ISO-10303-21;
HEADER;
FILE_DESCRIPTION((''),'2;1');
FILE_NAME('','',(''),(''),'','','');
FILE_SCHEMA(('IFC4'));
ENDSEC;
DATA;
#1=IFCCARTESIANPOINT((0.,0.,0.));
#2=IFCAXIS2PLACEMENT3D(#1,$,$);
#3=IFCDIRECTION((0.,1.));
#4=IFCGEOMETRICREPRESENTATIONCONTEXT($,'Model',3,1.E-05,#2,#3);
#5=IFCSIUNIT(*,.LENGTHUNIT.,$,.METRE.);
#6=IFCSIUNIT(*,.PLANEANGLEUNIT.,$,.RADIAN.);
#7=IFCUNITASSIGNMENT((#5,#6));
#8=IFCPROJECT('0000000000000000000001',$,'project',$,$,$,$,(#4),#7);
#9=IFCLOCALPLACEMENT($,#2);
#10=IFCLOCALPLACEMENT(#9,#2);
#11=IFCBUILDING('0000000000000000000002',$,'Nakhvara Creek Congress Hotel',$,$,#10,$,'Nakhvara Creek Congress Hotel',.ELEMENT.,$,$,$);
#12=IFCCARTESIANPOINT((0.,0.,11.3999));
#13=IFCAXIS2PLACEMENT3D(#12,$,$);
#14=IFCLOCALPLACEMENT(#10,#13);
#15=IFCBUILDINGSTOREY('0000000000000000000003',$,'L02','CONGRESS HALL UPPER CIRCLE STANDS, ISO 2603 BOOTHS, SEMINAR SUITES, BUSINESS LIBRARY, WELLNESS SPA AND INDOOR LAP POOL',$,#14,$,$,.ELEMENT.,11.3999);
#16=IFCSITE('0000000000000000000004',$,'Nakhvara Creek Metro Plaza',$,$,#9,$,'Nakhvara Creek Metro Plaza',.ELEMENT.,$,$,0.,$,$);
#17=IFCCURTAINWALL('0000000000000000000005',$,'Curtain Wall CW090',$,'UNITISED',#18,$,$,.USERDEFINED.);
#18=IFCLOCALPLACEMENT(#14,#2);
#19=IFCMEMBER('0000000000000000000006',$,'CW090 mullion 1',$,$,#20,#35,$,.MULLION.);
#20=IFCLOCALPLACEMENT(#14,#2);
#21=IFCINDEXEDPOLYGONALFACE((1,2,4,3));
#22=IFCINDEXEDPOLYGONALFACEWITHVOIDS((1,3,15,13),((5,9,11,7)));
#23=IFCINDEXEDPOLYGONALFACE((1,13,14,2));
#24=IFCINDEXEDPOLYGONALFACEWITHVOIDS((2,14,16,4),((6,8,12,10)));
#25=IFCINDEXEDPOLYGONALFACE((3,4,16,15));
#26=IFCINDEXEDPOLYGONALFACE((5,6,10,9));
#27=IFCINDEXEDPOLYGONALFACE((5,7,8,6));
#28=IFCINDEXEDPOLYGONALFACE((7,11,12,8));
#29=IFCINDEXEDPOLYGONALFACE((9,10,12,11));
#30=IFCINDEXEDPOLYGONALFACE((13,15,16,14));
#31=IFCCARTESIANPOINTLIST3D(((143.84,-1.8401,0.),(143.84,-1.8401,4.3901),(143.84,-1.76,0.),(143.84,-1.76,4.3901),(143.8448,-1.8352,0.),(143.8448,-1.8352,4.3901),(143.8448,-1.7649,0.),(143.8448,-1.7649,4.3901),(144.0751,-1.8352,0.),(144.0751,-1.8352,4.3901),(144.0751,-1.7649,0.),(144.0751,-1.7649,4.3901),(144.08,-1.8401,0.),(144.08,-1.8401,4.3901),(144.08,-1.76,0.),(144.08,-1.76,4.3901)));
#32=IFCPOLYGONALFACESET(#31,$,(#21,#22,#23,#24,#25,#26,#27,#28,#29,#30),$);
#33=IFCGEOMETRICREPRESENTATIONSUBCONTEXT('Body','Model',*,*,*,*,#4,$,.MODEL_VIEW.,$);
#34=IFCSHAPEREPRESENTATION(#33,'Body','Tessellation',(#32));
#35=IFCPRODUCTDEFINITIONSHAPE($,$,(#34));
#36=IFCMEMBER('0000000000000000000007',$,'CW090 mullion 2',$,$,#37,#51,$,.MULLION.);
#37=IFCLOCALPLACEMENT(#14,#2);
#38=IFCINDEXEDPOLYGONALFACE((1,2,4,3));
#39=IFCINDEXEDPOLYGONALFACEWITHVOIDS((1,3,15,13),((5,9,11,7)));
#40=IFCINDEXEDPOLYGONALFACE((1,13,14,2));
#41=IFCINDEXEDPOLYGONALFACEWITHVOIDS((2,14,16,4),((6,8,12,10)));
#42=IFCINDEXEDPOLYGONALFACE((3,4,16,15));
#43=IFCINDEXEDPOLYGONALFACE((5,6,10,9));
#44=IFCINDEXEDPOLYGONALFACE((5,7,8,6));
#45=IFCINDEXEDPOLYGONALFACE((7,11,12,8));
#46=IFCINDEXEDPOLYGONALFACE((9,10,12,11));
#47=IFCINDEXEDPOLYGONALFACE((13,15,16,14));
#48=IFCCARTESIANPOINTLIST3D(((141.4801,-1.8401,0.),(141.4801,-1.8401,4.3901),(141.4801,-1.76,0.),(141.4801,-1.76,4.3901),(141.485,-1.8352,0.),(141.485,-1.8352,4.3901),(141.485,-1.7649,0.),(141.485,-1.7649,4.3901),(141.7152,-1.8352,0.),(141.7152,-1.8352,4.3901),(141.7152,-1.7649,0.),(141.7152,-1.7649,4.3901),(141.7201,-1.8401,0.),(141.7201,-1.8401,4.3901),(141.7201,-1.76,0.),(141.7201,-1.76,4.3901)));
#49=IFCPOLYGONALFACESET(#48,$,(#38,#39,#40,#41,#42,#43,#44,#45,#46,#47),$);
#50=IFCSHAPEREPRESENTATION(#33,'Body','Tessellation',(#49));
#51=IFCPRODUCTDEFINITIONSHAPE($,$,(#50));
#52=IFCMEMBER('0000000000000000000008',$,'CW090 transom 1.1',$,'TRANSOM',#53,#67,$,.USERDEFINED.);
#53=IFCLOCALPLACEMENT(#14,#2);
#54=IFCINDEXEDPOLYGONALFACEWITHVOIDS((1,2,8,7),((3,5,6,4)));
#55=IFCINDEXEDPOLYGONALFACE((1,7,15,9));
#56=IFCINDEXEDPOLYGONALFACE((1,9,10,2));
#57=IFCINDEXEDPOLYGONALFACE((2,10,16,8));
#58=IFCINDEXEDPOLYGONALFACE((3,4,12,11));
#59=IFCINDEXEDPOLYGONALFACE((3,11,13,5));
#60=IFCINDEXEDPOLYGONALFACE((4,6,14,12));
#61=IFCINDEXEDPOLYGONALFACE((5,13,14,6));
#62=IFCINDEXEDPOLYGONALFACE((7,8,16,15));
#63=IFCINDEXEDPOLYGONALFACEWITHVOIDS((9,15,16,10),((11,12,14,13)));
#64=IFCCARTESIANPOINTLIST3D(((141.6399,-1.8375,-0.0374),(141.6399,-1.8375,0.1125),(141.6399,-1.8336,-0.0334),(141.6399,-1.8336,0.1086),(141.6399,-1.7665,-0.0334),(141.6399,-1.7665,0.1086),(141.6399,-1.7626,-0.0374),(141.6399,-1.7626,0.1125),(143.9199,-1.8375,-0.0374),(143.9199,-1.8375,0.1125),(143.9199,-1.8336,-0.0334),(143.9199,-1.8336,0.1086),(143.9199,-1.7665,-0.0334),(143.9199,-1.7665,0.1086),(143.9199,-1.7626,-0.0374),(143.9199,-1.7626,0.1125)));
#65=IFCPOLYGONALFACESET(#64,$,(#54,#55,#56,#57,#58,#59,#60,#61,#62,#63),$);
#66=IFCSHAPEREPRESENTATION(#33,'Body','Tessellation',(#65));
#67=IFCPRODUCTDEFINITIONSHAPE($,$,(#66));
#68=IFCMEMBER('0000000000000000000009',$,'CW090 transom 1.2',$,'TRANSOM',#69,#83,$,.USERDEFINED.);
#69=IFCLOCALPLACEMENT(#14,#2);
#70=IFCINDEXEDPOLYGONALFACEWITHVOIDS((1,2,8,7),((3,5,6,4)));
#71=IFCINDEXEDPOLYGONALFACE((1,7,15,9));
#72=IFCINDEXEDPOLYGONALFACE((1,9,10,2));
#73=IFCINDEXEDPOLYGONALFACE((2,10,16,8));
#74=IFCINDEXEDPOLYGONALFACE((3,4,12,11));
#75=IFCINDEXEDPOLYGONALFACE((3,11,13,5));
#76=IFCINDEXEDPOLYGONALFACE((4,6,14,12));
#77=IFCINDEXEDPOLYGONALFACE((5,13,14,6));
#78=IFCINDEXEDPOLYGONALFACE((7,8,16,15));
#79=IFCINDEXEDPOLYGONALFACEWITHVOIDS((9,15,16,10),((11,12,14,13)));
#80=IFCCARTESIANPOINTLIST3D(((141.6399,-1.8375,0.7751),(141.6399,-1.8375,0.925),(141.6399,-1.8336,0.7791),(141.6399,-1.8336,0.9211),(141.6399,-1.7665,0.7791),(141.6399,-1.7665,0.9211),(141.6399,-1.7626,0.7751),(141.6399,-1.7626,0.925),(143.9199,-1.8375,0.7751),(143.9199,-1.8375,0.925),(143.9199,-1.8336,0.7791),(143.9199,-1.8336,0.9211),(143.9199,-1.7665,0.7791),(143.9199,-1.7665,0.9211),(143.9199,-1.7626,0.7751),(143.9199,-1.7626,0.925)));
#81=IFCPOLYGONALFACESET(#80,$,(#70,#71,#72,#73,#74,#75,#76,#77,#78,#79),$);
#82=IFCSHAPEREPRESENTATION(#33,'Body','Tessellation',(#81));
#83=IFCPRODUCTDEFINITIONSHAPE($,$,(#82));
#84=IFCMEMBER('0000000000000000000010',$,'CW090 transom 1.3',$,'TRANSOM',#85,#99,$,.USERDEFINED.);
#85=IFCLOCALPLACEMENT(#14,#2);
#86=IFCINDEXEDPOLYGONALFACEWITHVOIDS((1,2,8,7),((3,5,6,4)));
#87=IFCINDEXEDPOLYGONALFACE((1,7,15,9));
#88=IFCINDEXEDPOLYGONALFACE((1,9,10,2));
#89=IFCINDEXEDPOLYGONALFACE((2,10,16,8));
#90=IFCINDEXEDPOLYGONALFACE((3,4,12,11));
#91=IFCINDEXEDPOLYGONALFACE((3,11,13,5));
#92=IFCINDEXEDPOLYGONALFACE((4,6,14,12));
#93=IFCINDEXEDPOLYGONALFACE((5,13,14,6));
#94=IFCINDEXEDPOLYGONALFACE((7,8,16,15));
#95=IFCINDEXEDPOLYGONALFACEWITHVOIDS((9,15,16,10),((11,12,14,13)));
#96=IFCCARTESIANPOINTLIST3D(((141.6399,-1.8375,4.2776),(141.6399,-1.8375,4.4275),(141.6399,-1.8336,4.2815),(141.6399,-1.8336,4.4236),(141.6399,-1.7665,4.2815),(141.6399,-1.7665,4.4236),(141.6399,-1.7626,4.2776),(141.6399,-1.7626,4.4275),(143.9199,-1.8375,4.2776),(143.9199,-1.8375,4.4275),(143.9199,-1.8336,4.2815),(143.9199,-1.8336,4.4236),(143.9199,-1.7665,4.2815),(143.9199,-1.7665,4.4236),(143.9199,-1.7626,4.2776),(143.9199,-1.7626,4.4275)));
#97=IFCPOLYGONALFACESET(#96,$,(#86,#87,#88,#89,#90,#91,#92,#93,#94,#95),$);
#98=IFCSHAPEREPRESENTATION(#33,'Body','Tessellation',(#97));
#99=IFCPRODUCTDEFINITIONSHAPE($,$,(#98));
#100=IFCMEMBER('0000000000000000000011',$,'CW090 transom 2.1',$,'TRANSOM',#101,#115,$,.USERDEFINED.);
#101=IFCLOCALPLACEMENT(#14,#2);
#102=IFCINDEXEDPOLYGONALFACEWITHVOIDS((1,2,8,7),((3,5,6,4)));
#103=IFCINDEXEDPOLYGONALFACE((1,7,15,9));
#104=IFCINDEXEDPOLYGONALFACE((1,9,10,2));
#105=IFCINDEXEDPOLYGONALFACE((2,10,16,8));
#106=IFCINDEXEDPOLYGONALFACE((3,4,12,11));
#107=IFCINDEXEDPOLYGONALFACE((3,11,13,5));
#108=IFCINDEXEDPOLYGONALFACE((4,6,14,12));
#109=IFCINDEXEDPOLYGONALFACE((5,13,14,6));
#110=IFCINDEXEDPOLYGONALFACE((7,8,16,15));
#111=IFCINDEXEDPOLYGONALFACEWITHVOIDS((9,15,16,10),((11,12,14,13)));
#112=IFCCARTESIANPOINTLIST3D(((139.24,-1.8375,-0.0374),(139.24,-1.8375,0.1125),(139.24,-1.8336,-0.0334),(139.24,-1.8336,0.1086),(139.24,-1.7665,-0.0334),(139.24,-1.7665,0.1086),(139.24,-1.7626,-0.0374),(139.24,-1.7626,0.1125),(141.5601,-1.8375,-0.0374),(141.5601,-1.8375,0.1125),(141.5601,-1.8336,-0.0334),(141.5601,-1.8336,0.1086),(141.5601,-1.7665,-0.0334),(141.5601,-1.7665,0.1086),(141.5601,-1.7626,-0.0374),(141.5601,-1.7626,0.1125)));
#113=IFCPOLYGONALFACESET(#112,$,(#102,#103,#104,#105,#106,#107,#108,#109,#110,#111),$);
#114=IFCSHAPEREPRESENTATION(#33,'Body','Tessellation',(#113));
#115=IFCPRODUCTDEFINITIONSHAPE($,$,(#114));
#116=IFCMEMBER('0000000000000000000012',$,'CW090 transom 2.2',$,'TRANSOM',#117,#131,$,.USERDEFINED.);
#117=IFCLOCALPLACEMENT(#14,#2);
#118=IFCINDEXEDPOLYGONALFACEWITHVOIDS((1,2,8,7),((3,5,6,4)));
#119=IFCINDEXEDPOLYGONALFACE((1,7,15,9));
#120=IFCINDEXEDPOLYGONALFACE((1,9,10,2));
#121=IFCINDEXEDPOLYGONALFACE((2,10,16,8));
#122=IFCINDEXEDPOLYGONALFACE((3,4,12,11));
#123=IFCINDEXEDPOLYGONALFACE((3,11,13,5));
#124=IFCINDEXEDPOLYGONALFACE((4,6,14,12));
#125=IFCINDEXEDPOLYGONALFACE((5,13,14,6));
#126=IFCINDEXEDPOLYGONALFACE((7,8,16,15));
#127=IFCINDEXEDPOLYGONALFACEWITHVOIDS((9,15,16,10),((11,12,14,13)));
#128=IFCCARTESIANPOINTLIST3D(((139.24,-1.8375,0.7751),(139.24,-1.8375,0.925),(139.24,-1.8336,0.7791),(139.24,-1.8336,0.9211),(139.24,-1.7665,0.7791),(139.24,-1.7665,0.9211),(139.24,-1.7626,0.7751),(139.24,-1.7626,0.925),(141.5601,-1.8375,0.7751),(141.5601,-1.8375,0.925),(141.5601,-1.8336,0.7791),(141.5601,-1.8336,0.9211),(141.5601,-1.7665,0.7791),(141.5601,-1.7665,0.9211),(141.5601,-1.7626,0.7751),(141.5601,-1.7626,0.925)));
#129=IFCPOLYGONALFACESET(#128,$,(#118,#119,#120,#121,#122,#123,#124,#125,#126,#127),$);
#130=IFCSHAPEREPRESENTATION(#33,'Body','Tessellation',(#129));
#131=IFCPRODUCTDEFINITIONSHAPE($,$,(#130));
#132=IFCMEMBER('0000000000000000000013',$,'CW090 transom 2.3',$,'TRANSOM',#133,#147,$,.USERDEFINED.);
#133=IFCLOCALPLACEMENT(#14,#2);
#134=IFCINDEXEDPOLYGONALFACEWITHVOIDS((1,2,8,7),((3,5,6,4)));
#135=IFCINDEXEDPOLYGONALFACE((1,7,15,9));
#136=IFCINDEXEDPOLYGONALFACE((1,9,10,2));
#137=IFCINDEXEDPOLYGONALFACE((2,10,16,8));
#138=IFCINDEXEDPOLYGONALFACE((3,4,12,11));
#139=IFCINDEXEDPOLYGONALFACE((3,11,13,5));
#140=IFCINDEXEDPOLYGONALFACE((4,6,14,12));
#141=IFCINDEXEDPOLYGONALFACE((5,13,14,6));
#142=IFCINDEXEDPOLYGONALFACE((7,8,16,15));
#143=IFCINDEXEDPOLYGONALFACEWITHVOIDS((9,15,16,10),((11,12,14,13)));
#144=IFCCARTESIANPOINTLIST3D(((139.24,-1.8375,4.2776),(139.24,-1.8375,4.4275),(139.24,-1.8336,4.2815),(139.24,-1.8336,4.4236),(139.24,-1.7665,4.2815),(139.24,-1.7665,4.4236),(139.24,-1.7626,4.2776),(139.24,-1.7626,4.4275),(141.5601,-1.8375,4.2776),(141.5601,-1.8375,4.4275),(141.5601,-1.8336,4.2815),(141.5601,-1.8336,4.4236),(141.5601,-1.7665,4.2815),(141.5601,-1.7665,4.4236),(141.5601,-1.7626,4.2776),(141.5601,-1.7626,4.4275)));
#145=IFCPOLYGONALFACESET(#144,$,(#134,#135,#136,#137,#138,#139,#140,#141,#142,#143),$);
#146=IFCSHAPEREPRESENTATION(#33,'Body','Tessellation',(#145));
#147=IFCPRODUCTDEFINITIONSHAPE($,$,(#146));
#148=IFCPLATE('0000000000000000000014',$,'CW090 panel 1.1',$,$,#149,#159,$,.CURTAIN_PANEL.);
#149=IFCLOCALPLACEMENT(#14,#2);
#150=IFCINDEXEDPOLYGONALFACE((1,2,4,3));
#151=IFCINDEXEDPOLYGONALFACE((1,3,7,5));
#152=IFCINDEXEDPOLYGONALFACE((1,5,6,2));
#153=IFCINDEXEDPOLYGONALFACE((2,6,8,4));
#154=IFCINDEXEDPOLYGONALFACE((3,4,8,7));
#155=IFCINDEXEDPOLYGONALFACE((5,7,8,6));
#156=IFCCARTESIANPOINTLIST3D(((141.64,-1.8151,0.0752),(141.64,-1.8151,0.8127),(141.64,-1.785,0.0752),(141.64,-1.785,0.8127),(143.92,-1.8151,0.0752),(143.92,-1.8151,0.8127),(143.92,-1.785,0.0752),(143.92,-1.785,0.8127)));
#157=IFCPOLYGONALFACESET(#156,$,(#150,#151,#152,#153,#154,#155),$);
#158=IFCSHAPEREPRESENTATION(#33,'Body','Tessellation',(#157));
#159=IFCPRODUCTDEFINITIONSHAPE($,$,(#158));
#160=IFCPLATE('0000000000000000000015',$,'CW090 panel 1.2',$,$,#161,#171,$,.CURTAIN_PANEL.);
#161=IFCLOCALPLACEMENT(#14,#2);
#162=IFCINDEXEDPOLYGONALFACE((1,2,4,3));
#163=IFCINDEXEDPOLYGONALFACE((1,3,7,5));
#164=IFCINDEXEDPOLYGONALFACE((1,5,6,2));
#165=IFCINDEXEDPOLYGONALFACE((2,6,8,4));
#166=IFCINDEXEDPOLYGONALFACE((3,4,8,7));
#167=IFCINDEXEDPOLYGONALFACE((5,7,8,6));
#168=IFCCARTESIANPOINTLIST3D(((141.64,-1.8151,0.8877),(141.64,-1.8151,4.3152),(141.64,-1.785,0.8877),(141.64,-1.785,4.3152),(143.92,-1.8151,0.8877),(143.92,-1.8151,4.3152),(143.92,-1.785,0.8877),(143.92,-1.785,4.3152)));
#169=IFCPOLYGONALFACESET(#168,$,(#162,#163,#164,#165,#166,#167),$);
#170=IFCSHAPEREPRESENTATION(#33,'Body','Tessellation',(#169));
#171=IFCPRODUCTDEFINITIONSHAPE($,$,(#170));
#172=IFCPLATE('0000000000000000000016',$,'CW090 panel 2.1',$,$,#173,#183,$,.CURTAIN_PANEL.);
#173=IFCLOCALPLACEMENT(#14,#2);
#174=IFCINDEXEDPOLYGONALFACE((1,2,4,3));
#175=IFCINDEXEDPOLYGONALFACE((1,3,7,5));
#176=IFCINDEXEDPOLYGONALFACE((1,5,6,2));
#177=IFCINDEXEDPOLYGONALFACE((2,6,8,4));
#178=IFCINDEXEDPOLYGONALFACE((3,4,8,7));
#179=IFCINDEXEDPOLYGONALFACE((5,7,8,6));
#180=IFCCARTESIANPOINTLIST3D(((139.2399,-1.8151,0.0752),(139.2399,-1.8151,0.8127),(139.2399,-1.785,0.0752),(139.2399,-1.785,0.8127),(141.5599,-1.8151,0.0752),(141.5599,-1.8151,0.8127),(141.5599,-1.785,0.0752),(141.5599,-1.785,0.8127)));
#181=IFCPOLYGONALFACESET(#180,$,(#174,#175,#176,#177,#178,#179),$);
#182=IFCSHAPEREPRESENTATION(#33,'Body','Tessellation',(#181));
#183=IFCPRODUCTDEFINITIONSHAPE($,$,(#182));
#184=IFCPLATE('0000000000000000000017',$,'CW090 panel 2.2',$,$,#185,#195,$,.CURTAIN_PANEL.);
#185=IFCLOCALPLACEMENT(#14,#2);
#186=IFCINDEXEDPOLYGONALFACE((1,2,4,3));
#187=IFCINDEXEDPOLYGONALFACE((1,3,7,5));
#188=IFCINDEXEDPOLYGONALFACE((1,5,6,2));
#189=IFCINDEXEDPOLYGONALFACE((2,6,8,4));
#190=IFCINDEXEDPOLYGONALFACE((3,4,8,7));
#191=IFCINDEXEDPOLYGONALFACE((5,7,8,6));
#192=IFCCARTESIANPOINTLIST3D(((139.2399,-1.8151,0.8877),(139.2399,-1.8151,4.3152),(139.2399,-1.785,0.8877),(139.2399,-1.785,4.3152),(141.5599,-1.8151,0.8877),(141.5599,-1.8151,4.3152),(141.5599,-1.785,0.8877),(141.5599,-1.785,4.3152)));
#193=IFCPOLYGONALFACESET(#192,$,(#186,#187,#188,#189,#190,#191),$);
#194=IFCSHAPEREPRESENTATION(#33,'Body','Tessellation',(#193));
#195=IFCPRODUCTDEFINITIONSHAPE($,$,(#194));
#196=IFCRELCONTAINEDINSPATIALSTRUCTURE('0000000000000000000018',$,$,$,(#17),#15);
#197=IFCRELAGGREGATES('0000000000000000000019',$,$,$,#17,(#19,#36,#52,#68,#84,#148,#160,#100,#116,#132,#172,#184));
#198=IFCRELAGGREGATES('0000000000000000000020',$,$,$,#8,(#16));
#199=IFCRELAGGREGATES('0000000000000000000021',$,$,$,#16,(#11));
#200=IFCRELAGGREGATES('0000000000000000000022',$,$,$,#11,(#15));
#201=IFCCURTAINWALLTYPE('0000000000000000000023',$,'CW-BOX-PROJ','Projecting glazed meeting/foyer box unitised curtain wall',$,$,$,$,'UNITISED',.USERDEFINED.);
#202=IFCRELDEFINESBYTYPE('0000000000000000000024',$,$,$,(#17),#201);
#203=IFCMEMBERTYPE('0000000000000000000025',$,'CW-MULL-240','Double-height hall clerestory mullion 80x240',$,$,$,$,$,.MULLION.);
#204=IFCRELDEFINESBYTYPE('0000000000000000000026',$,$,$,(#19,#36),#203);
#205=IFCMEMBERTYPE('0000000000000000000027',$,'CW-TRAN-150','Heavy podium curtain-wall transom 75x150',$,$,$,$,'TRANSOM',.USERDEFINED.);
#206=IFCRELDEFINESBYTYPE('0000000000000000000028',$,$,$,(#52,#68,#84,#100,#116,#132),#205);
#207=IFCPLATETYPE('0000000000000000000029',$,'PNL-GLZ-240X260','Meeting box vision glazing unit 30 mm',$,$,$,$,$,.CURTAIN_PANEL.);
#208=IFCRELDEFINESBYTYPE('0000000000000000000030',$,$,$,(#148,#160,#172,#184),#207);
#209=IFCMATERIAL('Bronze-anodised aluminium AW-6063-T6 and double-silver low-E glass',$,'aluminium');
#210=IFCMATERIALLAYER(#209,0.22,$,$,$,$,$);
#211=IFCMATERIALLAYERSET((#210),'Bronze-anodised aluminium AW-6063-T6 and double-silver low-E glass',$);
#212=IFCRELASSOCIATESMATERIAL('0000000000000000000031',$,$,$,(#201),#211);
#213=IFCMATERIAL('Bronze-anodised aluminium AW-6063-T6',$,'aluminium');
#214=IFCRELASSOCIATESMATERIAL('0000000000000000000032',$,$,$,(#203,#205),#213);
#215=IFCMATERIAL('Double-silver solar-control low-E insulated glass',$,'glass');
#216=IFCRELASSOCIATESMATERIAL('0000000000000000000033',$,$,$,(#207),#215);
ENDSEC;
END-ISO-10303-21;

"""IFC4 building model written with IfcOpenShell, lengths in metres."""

from ifc_helpers import new_model, si_unit, direction, frame, origin, origin_2d, place, context, subcontext, project, spatial, rectangle, hollow_rectangle, extrude, material, layer, layer_set, material_profile, profile_set, type_object, element, aggregate, save


model = new_model("IFC4")

# Units and contexts
model_context = context("Model", 3, precision=1e-05, world=origin(), true_north=direction((0.0, 1.0)))
body_context = subcontext(model_context, "Body", "Model", "MODEL_VIEW")
ifc_project = project(units=[si_unit("LENGTHUNIT", "METRE"), si_unit("PLANEANGLEUNIT", "RADIAN")], contexts=[model_context])

# Site, building, storey
site_placement = place(None, origin())
site = spatial("IfcSite", under=ifc_project, at=site_placement, Name="Nakhvara Creek Metro Plaza", LongName="Nakhvara Creek Metro Plaza", CompositionType="ELEMENT", RefElevation=0.0)
building_placement = place(site_placement, origin())
building = spatial("IfcBuilding", under=site, at=building_placement, Name="Nakhvara Creek Congress Hotel", LongName="Nakhvara Creek Congress Hotel", CompositionType="ELEMENT")
storey_placement = place(building_placement, frame((0.0, 0.0, 11.3999)))
storey = spatial("IfcBuildingStorey", under=building, at=storey_placement, Name="L02", Description="CONGRESS HALL UPPER CIRCLE STANDS, ISO 2603 BOOTHS, SEMINAR SUITES, BUSINESS LIBRARY, WELLNESS SPA AND INDOOR LAP POOL", CompositionType="ELEMENT", Elevation=11.3999)

# Curtain wall, members, plates
ifc_material_1 = material(Name="Bronze-anodised aluminium AW-6063-T6 and double-silver low-E glass", Category="aluminium")
ifc_layer_1 = layer(ifc_material_1, 0.22)
ifc_layer_set_1 = layer_set([ifc_layer_1], Name="Bronze-anodised aluminium AW-6063-T6 and double-silver low-E glass")
curtain_wall_type = type_object("IfcCurtainWallType", Name="CW-BOX-PROJ", Description="Projecting glazed meeting/foyer box unitised curtain wall", ElementType="UNITISED", PredefinedType="USERDEFINED", material=ifc_layer_set_1)
curtain_wall_placement = place(storey_placement, origin())
curtain_wall = element("IfcCurtainWall", 1, at=curtain_wall_placement, inside=storey, type_object=curtain_wall_type, Name="Curtain Wall CW090", ObjectType="UNITISED", PredefinedType="USERDEFINED")
ifc_material_2 = material(Name="Bronze-anodised aluminium AW-6063-T6", Category="aluminium")
ifc_material_profile_1 = material_profile(ifc_material_2, hollow_rectangle(XDim=0.0801, YDim=0.24, WallThickness=0.0049, at=origin_2d()), Name="ALU-MULL 80x240x5", Category="LoadBearing")
ifc_profile_set_1 = profile_set([ifc_material_profile_1], Name="Bronze-anodised aluminium AW-6063-T6")
member_type_1 = type_object("IfcMemberType", Name="CW-MULL-240", Description="Double-height hall clerestory mullion 80x240", PredefinedType="MULLION", material=ifc_profile_set_1)
member_1_placement = place(storey_placement, frame((143.96, -1.8, 0.0), z_axis=(0.0, 0.0, 1.0), x_axis=(0.0, -1.0, 0.0)))
member_1 = element("IfcMember", 2, at=member_1_placement, type_object=member_type_1, Name="CW090 mullion 1", PredefinedType="MULLION", context=body_context, shape_type="SweptSolid", body=[
    extrude(hollow_rectangle(XDim=0.0801, YDim=0.24, WallThickness=0.0049, at=origin_2d()), origin(), (0.0, 0.0, 1.0), 4.3901),
])
member_2_placement = place(storey_placement, frame((141.6001, -1.8, 0.0), z_axis=(0.0, 0.0, 1.0), x_axis=(0.0, -1.0, 0.0)))
member_2 = element("IfcMember", 3, at=member_2_placement, type_object=member_type_1, Name="CW090 mullion 2", PredefinedType="MULLION", context=body_context, shape_type="SweptSolid", body=[
    extrude(hollow_rectangle(XDim=0.0801, YDim=0.24, WallThickness=0.0049, at=origin_2d()), origin(), (0.0, 0.0, 1.0), 4.3901),
])
ifc_material_profile_2 = material_profile(ifc_material_2, hollow_rectangle(XDim=0.075, YDim=0.1499, WallThickness=0.0039, at=origin_2d()), Name="ALU-TRAN 75x150x4", Category="LoadBearing")
ifc_profile_set_2 = profile_set([ifc_material_profile_2], Name="Bronze-anodised aluminium AW-6063-T6")
member_type_2 = type_object("IfcMemberType", Name="CW-TRAN-150", Description="Heavy podium curtain-wall transom 75x150", ElementType="TRANSOM", PredefinedType="USERDEFINED", material=ifc_profile_set_2)
member_3_placement = place(storey_placement, frame((143.9199, -1.8, 0.0376), z_axis=(-1.0, 0.0, 0.0), x_axis=(0.0, -1.0, 0.0)))
member_3 = element("IfcMember", 4, at=member_3_placement, type_object=member_type_2, Name="CW090 transom 1.1", ObjectType="TRANSOM", PredefinedType="USERDEFINED", context=body_context, shape_type="SweptSolid", body=[
    extrude(hollow_rectangle(XDim=0.075, YDim=0.1499, WallThickness=0.0039, at=origin_2d()), origin(), (0.0, 0.0, 1.0), 2.28),
])
member_4_placement = place(storey_placement, frame((143.9199, -1.8, 0.8501), z_axis=(-1.0, 0.0, 0.0), x_axis=(0.0, -1.0, 0.0)))
member_4 = element("IfcMember", 5, at=member_4_placement, type_object=member_type_2, Name="CW090 transom 1.2", ObjectType="TRANSOM", PredefinedType="USERDEFINED", context=body_context, shape_type="SweptSolid", body=[
    extrude(hollow_rectangle(XDim=0.075, YDim=0.1499, WallThickness=0.0039, at=origin_2d()), origin(), (0.0, 0.0, 1.0), 2.28),
])
member_5_placement = place(storey_placement, frame((143.9199, -1.8, 4.3525), z_axis=(-1.0, 0.0, 0.0), x_axis=(0.0, -1.0, 0.0)))
member_5 = element("IfcMember", 6, at=member_5_placement, type_object=member_type_2, Name="CW090 transom 1.3", ObjectType="TRANSOM", PredefinedType="USERDEFINED", context=body_context, shape_type="SweptSolid", body=[
    extrude(hollow_rectangle(XDim=0.075, YDim=0.1499, WallThickness=0.0039, at=origin_2d()), origin(), (0.0, 0.0, 1.0), 2.28),
])
member_6_placement = place(storey_placement, frame((141.5601, -1.8, 0.0376), z_axis=(-1.0, 0.0, 0.0), x_axis=(0.0, -1.0, 0.0)))
member_6 = element("IfcMember", 7, at=member_6_placement, type_object=member_type_2, Name="CW090 transom 2.1", ObjectType="TRANSOM", PredefinedType="USERDEFINED", context=body_context, shape_type="SweptSolid", body=[
    extrude(hollow_rectangle(XDim=0.075, YDim=0.1499, WallThickness=0.0039, at=origin_2d()), origin(), (0.0, 0.0, 1.0), 2.3201),
])
member_7_placement = place(storey_placement, frame((141.5601, -1.8, 0.8501), z_axis=(-1.0, 0.0, 0.0), x_axis=(0.0, -1.0, 0.0)))
member_7 = element("IfcMember", 8, at=member_7_placement, type_object=member_type_2, Name="CW090 transom 2.2", ObjectType="TRANSOM", PredefinedType="USERDEFINED", context=body_context, shape_type="SweptSolid", body=[
    extrude(hollow_rectangle(XDim=0.075, YDim=0.1499, WallThickness=0.0039, at=origin_2d()), origin(), (0.0, 0.0, 1.0), 2.3201),
])
member_8_placement = place(storey_placement, frame((141.5601, -1.8, 4.3525), z_axis=(-1.0, 0.0, 0.0), x_axis=(0.0, -1.0, 0.0)))
member_8 = element("IfcMember", 9, at=member_8_placement, type_object=member_type_2, Name="CW090 transom 2.3", ObjectType="TRANSOM", PredefinedType="USERDEFINED", context=body_context, shape_type="SweptSolid", body=[
    extrude(hollow_rectangle(XDim=0.075, YDim=0.1499, WallThickness=0.0039, at=origin_2d()), origin(), (0.0, 0.0, 1.0), 2.3201),
])
ifc_material_3 = material(Name="Double-silver solar-control low-E insulated glass", Category="glass")
plate_type = type_object("IfcPlateType", Name="PNL-GLZ-240X260", Description="Meeting box vision glazing unit 30 mm", PredefinedType="CURTAIN_PANEL", material=ifc_material_3)
plate_1_placement = place(storey_placement, frame((142.78, -1.8, 0.0752), z_axis=(0.0, 0.0, 1.0), x_axis=(-1.0, 0.0, 0.0)))
plate_1 = element("IfcPlate", 10, at=plate_1_placement, type_object=plate_type, Name="CW090 panel 1.1", PredefinedType="CURTAIN_PANEL", context=body_context, shape_type="SweptSolid", body=[
    extrude(rectangle(XDim=2.28, YDim=0.03, at=origin_2d()), origin(), (0.0, 0.0, 1.0), 0.7375),
])
plate_2_placement = place(storey_placement, frame((142.78, -1.8, 0.8877), z_axis=(0.0, 0.0, 1.0), x_axis=(-1.0, 0.0, 0.0)))
plate_2 = element("IfcPlate", 11, at=plate_2_placement, type_object=plate_type, Name="CW090 panel 1.2", PredefinedType="CURTAIN_PANEL", context=body_context, shape_type="SweptSolid", body=[
    extrude(rectangle(XDim=2.28, YDim=0.03, at=origin_2d()), origin(), (0.0, 0.0, 1.0), 3.4275),
])
plate_3_placement = place(storey_placement, frame((140.3999, -1.8, 0.0752), z_axis=(0.0, 0.0, 1.0), x_axis=(-1.0, 0.0, 0.0)))
plate_3 = element("IfcPlate", 12, at=plate_3_placement, type_object=plate_type, Name="CW090 panel 2.1", PredefinedType="CURTAIN_PANEL", context=body_context, shape_type="SweptSolid", body=[
    extrude(rectangle(XDim=2.3201, YDim=0.03, at=origin_2d()), origin(), (0.0, 0.0, 1.0), 0.7375),
])
plate_4_placement = place(storey_placement, frame((140.3999, -1.8, 0.8877), z_axis=(0.0, 0.0, 1.0), x_axis=(-1.0, 0.0, 0.0)))
plate_4 = element("IfcPlate", 13, at=plate_4_placement, type_object=plate_type, Name="CW090 panel 2.2", PredefinedType="CURTAIN_PANEL", context=body_context, shape_type="SweptSolid", body=[
    extrude(rectangle(XDim=2.3201, YDim=0.03, at=origin_2d()), origin(), (0.0, 0.0, 1.0), 3.4275),
])
aggregate(curtain_wall, [member_1, member_2, member_3, member_4, member_5, plate_1, plate_2, member_6, member_7, member_8, plate_3, plate_4])

save(model, "model.ifc")
